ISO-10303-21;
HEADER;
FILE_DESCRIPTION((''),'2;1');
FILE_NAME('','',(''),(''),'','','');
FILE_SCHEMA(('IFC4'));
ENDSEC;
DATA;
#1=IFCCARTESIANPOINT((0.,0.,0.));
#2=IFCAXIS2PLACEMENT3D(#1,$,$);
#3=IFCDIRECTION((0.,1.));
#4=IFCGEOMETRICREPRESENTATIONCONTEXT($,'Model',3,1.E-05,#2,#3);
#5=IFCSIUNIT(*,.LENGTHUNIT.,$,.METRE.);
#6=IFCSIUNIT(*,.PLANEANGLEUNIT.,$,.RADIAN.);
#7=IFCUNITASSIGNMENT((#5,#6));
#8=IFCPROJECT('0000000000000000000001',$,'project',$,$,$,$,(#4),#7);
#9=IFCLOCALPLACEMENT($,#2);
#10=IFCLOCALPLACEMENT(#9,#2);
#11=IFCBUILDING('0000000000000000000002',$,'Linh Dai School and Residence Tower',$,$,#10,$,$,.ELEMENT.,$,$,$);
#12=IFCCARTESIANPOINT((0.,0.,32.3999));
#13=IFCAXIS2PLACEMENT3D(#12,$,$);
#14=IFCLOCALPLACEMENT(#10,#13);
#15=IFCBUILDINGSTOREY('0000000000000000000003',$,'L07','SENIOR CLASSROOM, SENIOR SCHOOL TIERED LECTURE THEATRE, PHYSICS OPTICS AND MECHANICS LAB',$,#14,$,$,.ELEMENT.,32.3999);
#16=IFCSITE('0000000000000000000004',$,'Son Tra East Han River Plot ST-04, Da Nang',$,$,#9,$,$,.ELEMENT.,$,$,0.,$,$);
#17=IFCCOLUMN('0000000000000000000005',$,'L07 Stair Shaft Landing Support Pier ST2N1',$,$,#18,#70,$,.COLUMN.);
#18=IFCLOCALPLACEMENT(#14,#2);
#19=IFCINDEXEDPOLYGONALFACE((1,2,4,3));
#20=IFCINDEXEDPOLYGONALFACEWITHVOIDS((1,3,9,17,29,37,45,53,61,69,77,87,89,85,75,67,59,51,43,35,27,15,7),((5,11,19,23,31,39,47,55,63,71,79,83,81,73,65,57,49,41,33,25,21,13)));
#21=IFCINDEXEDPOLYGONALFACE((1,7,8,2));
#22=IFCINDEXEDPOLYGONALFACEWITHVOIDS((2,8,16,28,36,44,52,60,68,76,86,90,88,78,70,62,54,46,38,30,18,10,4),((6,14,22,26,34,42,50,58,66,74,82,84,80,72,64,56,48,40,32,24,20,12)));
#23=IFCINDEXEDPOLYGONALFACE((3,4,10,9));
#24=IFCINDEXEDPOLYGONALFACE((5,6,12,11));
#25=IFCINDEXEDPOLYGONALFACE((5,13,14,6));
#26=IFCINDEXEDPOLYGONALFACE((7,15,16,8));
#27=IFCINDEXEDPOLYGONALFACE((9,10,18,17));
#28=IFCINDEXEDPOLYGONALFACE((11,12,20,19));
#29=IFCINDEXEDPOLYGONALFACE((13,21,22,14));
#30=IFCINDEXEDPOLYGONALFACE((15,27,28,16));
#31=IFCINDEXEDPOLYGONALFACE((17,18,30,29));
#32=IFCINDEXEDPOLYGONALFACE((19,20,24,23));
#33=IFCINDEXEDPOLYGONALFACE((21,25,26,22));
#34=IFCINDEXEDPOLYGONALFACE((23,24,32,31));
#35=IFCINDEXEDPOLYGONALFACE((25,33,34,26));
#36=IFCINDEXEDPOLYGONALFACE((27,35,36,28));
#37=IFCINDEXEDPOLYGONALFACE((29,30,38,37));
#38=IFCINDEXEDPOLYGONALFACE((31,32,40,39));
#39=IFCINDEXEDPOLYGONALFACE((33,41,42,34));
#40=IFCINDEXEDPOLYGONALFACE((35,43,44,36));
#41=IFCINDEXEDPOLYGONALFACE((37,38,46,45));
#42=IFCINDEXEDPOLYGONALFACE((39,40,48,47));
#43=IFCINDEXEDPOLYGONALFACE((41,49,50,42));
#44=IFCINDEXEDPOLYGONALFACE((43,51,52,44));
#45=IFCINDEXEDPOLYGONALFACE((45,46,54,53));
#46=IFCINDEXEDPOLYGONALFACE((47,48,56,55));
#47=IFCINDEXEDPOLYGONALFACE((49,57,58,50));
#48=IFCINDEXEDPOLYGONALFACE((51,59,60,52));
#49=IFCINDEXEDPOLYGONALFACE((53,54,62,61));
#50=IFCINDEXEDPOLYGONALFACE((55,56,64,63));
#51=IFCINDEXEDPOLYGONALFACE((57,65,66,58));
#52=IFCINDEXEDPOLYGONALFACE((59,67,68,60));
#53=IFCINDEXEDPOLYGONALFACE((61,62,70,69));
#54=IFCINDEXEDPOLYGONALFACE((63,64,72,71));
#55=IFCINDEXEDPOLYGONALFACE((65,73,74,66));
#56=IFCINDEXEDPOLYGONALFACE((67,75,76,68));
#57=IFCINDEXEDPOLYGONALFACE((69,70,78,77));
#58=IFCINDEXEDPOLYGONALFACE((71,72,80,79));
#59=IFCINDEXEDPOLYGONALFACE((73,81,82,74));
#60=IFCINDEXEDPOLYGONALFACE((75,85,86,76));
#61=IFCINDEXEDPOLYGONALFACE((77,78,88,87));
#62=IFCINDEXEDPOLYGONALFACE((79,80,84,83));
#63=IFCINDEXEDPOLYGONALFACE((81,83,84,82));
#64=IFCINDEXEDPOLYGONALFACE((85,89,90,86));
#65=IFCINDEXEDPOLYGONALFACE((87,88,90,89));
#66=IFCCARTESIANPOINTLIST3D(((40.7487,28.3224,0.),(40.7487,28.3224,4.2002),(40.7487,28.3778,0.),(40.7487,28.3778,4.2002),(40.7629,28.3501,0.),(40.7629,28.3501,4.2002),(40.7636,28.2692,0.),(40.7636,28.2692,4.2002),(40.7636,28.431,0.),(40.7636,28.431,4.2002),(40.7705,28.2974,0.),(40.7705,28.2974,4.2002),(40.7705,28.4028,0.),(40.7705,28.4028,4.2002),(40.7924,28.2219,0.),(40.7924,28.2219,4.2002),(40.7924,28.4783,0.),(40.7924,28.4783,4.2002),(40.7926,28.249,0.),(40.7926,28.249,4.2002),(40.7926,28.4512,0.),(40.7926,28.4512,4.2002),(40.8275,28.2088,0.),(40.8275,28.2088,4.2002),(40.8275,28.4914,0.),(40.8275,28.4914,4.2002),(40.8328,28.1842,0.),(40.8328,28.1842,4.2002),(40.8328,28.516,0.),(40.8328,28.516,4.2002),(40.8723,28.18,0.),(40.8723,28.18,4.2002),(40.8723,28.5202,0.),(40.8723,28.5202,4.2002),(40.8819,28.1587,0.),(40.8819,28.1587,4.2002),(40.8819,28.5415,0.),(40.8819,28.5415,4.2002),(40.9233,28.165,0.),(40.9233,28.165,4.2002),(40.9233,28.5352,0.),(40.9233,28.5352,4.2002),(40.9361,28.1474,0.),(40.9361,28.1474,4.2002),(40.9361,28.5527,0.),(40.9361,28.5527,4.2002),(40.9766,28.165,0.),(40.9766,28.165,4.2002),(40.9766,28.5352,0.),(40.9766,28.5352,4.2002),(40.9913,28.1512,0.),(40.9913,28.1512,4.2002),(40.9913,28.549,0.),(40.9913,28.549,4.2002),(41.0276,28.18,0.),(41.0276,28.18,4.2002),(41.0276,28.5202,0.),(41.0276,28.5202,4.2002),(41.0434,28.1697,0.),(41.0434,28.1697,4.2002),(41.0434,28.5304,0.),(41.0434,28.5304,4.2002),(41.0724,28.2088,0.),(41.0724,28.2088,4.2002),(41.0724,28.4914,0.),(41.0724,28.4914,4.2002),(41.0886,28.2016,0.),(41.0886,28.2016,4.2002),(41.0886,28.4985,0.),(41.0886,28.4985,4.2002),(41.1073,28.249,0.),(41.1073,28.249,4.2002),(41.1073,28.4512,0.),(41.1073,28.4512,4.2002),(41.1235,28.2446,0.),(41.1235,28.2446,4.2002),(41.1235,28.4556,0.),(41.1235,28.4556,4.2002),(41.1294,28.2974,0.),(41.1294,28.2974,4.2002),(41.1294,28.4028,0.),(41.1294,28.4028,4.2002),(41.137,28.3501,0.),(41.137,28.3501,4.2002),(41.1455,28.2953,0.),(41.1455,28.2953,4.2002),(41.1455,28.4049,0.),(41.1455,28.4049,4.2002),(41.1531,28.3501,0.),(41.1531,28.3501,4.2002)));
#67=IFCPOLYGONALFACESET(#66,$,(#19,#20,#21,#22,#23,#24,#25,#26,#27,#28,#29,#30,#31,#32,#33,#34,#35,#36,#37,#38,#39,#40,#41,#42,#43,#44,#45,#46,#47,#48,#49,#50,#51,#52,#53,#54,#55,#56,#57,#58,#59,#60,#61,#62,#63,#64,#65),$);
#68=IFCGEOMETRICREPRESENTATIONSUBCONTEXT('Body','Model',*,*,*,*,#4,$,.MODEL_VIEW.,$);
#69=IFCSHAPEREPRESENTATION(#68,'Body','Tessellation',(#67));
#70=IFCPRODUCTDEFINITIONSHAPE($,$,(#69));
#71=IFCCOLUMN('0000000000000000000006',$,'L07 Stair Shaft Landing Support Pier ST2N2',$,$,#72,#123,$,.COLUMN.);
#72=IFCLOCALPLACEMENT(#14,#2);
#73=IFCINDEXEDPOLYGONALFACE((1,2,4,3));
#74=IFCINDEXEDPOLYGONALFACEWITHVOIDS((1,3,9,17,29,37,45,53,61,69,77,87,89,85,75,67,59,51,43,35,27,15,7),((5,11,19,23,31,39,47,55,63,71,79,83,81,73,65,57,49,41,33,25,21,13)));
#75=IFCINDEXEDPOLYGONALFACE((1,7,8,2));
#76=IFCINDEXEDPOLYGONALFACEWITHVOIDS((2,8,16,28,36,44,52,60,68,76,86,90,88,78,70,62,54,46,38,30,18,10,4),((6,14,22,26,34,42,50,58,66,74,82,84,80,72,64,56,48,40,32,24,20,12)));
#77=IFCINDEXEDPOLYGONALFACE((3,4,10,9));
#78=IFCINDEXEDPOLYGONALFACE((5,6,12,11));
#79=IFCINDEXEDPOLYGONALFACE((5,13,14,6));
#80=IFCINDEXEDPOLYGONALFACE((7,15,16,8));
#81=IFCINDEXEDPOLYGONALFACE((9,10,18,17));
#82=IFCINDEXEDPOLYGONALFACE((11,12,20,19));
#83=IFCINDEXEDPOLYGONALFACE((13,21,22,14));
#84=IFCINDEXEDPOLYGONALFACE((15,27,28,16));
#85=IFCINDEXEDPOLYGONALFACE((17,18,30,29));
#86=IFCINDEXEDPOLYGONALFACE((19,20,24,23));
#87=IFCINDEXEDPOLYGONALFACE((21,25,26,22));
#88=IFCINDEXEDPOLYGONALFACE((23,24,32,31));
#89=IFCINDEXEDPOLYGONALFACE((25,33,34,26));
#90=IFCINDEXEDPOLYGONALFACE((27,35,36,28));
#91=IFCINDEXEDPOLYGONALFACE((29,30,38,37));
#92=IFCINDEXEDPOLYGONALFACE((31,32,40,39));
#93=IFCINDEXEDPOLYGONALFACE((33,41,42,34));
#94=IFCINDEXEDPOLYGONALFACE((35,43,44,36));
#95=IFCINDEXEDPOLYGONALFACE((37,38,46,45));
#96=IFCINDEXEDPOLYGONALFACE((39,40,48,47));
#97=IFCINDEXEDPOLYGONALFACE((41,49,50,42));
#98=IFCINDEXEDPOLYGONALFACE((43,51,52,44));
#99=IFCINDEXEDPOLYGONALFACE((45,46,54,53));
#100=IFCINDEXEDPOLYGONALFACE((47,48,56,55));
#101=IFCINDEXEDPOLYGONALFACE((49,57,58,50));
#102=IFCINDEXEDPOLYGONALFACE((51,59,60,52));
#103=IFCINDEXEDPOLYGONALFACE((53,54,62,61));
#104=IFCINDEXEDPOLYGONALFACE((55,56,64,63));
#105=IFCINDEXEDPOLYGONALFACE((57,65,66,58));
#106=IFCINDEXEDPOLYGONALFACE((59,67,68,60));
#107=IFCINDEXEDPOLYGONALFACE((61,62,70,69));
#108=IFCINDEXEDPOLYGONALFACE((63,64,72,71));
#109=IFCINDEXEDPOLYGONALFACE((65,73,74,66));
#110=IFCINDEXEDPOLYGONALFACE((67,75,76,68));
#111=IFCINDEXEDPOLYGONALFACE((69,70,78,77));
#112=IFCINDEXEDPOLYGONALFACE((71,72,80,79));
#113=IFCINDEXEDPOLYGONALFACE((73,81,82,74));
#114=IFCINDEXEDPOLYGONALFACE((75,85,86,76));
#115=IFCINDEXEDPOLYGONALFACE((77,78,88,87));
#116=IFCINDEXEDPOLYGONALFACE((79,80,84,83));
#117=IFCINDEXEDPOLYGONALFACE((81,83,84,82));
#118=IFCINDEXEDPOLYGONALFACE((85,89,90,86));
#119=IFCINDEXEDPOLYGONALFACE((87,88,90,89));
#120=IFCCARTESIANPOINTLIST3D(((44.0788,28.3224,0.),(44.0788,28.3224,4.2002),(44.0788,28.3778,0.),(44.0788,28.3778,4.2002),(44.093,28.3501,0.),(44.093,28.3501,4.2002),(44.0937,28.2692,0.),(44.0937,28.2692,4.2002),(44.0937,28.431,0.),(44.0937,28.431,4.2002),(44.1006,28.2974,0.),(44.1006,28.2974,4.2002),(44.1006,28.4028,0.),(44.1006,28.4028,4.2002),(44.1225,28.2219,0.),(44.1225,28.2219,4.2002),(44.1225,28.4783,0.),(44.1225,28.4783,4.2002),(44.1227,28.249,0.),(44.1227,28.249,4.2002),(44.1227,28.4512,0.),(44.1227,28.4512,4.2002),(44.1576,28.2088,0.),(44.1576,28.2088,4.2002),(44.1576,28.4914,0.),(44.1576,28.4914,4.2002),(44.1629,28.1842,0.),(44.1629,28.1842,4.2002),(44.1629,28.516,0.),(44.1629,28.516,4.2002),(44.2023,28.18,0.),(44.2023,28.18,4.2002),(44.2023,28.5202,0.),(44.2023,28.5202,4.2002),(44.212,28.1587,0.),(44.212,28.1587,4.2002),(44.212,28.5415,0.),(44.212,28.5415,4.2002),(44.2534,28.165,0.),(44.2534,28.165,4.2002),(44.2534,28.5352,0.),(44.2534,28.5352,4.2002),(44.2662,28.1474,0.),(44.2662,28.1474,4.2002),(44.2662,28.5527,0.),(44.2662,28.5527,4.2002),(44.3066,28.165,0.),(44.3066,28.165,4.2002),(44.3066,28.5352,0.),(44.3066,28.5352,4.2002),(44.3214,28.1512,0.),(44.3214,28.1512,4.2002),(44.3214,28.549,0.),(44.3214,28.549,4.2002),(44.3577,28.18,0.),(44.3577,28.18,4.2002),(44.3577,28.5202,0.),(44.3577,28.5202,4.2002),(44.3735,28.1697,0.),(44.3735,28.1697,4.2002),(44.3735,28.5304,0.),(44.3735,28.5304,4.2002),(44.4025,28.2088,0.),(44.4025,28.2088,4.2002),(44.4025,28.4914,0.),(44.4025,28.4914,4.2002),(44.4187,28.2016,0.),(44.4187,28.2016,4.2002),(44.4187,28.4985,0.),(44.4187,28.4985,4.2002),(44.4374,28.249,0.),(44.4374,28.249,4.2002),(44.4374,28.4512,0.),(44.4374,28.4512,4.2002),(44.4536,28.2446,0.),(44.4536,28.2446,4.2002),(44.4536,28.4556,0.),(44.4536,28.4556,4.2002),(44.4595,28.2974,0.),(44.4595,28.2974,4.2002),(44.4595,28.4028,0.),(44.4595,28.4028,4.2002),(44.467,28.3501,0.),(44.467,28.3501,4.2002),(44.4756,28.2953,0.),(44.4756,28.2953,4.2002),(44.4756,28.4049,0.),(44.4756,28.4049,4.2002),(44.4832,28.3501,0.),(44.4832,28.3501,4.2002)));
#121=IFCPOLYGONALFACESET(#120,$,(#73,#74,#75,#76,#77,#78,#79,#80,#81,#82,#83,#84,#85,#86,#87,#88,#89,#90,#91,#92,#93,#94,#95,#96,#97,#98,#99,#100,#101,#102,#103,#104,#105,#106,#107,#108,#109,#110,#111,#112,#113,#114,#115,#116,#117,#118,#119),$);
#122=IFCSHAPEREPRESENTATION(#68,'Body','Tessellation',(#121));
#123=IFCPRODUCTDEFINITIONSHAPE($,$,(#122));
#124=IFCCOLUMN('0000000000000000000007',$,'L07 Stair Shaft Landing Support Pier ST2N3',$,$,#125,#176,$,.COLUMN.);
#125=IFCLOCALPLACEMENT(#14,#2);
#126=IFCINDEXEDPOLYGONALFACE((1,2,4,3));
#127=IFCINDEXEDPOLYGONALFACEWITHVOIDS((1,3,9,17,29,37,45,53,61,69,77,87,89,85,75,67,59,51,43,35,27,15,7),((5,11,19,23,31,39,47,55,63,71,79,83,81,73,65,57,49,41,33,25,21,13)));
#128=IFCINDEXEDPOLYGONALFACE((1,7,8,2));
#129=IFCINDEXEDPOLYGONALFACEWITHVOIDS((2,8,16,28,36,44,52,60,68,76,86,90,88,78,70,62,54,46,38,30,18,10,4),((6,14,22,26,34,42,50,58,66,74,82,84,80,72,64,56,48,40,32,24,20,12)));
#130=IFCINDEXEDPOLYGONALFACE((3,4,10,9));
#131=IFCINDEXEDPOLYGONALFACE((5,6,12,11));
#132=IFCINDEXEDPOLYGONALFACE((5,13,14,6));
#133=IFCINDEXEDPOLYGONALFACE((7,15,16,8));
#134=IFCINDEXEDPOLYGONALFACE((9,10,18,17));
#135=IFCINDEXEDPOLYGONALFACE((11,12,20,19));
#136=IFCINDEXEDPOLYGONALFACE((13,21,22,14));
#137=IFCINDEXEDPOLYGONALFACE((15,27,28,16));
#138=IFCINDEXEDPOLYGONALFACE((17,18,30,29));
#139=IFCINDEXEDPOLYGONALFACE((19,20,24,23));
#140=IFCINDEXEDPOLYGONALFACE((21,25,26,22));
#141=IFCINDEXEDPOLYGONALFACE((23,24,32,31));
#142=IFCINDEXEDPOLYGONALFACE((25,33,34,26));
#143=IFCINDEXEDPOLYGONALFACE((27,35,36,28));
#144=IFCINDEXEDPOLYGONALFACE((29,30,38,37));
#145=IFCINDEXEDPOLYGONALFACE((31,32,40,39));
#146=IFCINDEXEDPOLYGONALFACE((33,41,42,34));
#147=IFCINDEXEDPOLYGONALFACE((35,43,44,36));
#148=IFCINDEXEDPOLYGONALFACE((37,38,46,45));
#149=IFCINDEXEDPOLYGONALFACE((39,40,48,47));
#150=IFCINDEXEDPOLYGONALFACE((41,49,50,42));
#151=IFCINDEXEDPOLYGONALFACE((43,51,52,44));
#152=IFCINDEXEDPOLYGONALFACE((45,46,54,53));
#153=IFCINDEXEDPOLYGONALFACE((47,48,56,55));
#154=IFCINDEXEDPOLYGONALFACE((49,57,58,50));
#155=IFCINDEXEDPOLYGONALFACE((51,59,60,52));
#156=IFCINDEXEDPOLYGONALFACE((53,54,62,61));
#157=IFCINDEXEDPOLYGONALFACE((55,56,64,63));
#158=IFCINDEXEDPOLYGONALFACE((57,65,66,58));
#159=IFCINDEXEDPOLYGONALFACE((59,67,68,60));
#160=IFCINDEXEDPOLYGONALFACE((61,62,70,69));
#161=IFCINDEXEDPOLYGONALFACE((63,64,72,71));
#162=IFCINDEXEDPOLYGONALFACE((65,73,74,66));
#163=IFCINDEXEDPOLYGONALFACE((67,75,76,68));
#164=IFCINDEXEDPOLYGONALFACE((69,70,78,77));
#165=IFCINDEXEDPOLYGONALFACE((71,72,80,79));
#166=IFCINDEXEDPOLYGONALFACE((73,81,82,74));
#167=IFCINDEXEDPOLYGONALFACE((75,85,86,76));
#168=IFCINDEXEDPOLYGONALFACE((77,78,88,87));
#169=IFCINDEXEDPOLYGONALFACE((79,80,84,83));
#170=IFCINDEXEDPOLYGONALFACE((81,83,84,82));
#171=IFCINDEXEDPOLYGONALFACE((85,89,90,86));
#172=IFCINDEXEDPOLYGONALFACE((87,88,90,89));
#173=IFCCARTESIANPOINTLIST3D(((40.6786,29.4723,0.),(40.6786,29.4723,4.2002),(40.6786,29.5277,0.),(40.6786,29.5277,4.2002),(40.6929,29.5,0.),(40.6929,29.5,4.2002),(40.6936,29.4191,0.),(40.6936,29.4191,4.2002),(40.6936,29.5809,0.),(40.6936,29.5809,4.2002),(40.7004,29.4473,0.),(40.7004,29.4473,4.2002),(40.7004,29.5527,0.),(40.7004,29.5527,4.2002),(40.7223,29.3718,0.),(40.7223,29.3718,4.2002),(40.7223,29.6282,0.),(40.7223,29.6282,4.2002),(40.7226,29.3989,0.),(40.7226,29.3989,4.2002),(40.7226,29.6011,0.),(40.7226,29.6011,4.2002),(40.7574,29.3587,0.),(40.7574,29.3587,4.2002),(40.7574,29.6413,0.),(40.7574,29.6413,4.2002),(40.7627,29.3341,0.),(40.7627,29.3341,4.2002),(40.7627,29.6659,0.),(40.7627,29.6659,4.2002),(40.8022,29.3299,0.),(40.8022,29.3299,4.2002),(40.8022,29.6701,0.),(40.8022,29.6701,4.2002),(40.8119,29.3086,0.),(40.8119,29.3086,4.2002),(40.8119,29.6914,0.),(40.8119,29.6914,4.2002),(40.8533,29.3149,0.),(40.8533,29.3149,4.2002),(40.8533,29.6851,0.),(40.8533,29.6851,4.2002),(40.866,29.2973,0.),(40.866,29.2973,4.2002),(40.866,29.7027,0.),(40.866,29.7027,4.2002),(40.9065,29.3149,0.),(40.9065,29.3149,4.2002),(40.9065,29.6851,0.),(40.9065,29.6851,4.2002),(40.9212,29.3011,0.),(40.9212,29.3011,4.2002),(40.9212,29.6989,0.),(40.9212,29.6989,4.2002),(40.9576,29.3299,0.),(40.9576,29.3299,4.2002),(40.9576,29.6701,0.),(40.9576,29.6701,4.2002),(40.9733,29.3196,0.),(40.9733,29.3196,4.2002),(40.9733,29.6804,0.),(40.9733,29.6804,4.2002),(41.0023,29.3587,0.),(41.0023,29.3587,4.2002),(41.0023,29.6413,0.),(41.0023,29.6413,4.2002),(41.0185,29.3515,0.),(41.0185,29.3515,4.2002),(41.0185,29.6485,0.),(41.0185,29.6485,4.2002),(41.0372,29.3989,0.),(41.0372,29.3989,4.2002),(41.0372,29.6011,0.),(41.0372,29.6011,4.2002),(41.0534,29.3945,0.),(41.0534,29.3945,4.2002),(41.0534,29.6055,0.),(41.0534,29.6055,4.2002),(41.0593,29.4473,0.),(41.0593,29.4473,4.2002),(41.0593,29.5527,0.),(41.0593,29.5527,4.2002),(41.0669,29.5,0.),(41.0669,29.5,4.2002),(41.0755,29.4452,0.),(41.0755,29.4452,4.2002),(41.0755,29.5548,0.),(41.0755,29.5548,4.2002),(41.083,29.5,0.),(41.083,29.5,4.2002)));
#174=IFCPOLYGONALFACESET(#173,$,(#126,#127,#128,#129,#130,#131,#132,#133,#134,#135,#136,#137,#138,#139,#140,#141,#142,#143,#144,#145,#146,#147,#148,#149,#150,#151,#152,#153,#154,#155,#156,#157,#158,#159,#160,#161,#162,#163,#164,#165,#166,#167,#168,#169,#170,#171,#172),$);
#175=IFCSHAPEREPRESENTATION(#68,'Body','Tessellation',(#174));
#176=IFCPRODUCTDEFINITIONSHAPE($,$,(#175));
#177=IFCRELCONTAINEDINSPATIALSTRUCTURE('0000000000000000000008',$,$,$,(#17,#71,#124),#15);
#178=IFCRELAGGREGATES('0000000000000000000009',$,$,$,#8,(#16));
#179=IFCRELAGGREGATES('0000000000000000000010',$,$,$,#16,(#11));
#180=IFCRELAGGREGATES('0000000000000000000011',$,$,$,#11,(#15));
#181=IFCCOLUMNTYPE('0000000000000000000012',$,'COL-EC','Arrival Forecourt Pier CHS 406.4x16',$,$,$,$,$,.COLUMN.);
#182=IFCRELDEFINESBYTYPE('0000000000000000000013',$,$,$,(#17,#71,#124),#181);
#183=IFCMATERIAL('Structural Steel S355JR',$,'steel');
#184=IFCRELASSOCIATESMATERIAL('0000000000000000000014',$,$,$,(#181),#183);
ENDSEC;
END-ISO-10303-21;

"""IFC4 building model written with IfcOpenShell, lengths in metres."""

from ifc_helpers import new_model, si_unit, direction, frame, origin, origin_2d, place, context, subcontext, project, spatial, hollow_circle, extrude, material, material_profile, profile_set, type_object, element, save


model = new_model("IFC4")

# Units and contexts
model_context = context("Model", 3, precision=1e-05, world=origin(), true_north=direction((0.0, 1.0)))
body_context = subcontext(model_context, "Body", "Model", "MODEL_VIEW")
ifc_project = project(units=[si_unit("LENGTHUNIT", "METRE"), si_unit("PLANEANGLEUNIT", "RADIAN")], contexts=[model_context])

# Site, building, storey
site_placement = place(None, origin())
site = spatial("IfcSite", under=ifc_project, at=site_placement, Name="Son Tra East Han River Plot ST-04, Da Nang", CompositionType="ELEMENT", RefElevation=0.0)
building_placement = place(site_placement, origin())
building = spatial("IfcBuilding", under=site, at=building_placement, Name="Linh Dai School and Residence Tower", CompositionType="ELEMENT")
storey_placement = place(building_placement, frame((0.0, 0.0, 32.3999)))
storey = spatial("IfcBuildingStorey", under=building, at=storey_placement, Name="L07", Description="SENIOR CLASSROOM, SENIOR SCHOOL TIERED LECTURE THEATRE, PHYSICS OPTICS AND MECHANICS LAB", CompositionType="ELEMENT", Elevation=32.3999)

# Columns
ifc_material_1 = material(Name="Structural Steel S355JR", Category="steel")
ifc_material_profile_1 = material_profile(ifc_material_1, hollow_circle(Radius=0.2031, WallThickness=0.0161, at=origin_2d()), Name="CHS 406.4x16")
ifc_profile_set_1 = profile_set([ifc_material_profile_1], Name="Structural Steel S355JR")
column_type_1 = type_object("IfcColumnType", Name="COL-EC", Description="Arrival Forecourt Pier CHS 406.4x16", PredefinedType="COLUMN", material=ifc_profile_set_1)
for number, where, z_axis, x_axis, name in (
    (1, (40.95, 28.3501, 0.0), (0.0, 0.0, 1.0), (1.0, 0.0, 0.0), "L07 Stair Shaft Landing Support Pier ST2N1"),
    (2, (44.28, 28.3501, 0.0), (0.0, 0.0, 1.0), (1.0, 0.0, 0.0), "L07 Stair Shaft Landing Support Pier ST2N2"),
    (3, (40.8799, 29.5, 0.0), (0.0, 0.0, 1.0), (1.0, 0.0, 0.0), "L07 Stair Shaft Landing Support Pier ST2N3"),
):
    element("IfcColumn", number, at=place(storey_placement, frame(where, z_axis=z_axis, x_axis=x_axis)), inside=storey, type_object=column_type_1, Name=name, PredefinedType="COLUMN", context=body_context, shape_type="SweptSolid", body=[
        extrude(hollow_circle(Radius=0.2031, WallThickness=0.0161, at=origin_2d()), origin(), (0.0, 0.0, 1.0), 4.2002),
    ])

save(model, "model.ifc")
